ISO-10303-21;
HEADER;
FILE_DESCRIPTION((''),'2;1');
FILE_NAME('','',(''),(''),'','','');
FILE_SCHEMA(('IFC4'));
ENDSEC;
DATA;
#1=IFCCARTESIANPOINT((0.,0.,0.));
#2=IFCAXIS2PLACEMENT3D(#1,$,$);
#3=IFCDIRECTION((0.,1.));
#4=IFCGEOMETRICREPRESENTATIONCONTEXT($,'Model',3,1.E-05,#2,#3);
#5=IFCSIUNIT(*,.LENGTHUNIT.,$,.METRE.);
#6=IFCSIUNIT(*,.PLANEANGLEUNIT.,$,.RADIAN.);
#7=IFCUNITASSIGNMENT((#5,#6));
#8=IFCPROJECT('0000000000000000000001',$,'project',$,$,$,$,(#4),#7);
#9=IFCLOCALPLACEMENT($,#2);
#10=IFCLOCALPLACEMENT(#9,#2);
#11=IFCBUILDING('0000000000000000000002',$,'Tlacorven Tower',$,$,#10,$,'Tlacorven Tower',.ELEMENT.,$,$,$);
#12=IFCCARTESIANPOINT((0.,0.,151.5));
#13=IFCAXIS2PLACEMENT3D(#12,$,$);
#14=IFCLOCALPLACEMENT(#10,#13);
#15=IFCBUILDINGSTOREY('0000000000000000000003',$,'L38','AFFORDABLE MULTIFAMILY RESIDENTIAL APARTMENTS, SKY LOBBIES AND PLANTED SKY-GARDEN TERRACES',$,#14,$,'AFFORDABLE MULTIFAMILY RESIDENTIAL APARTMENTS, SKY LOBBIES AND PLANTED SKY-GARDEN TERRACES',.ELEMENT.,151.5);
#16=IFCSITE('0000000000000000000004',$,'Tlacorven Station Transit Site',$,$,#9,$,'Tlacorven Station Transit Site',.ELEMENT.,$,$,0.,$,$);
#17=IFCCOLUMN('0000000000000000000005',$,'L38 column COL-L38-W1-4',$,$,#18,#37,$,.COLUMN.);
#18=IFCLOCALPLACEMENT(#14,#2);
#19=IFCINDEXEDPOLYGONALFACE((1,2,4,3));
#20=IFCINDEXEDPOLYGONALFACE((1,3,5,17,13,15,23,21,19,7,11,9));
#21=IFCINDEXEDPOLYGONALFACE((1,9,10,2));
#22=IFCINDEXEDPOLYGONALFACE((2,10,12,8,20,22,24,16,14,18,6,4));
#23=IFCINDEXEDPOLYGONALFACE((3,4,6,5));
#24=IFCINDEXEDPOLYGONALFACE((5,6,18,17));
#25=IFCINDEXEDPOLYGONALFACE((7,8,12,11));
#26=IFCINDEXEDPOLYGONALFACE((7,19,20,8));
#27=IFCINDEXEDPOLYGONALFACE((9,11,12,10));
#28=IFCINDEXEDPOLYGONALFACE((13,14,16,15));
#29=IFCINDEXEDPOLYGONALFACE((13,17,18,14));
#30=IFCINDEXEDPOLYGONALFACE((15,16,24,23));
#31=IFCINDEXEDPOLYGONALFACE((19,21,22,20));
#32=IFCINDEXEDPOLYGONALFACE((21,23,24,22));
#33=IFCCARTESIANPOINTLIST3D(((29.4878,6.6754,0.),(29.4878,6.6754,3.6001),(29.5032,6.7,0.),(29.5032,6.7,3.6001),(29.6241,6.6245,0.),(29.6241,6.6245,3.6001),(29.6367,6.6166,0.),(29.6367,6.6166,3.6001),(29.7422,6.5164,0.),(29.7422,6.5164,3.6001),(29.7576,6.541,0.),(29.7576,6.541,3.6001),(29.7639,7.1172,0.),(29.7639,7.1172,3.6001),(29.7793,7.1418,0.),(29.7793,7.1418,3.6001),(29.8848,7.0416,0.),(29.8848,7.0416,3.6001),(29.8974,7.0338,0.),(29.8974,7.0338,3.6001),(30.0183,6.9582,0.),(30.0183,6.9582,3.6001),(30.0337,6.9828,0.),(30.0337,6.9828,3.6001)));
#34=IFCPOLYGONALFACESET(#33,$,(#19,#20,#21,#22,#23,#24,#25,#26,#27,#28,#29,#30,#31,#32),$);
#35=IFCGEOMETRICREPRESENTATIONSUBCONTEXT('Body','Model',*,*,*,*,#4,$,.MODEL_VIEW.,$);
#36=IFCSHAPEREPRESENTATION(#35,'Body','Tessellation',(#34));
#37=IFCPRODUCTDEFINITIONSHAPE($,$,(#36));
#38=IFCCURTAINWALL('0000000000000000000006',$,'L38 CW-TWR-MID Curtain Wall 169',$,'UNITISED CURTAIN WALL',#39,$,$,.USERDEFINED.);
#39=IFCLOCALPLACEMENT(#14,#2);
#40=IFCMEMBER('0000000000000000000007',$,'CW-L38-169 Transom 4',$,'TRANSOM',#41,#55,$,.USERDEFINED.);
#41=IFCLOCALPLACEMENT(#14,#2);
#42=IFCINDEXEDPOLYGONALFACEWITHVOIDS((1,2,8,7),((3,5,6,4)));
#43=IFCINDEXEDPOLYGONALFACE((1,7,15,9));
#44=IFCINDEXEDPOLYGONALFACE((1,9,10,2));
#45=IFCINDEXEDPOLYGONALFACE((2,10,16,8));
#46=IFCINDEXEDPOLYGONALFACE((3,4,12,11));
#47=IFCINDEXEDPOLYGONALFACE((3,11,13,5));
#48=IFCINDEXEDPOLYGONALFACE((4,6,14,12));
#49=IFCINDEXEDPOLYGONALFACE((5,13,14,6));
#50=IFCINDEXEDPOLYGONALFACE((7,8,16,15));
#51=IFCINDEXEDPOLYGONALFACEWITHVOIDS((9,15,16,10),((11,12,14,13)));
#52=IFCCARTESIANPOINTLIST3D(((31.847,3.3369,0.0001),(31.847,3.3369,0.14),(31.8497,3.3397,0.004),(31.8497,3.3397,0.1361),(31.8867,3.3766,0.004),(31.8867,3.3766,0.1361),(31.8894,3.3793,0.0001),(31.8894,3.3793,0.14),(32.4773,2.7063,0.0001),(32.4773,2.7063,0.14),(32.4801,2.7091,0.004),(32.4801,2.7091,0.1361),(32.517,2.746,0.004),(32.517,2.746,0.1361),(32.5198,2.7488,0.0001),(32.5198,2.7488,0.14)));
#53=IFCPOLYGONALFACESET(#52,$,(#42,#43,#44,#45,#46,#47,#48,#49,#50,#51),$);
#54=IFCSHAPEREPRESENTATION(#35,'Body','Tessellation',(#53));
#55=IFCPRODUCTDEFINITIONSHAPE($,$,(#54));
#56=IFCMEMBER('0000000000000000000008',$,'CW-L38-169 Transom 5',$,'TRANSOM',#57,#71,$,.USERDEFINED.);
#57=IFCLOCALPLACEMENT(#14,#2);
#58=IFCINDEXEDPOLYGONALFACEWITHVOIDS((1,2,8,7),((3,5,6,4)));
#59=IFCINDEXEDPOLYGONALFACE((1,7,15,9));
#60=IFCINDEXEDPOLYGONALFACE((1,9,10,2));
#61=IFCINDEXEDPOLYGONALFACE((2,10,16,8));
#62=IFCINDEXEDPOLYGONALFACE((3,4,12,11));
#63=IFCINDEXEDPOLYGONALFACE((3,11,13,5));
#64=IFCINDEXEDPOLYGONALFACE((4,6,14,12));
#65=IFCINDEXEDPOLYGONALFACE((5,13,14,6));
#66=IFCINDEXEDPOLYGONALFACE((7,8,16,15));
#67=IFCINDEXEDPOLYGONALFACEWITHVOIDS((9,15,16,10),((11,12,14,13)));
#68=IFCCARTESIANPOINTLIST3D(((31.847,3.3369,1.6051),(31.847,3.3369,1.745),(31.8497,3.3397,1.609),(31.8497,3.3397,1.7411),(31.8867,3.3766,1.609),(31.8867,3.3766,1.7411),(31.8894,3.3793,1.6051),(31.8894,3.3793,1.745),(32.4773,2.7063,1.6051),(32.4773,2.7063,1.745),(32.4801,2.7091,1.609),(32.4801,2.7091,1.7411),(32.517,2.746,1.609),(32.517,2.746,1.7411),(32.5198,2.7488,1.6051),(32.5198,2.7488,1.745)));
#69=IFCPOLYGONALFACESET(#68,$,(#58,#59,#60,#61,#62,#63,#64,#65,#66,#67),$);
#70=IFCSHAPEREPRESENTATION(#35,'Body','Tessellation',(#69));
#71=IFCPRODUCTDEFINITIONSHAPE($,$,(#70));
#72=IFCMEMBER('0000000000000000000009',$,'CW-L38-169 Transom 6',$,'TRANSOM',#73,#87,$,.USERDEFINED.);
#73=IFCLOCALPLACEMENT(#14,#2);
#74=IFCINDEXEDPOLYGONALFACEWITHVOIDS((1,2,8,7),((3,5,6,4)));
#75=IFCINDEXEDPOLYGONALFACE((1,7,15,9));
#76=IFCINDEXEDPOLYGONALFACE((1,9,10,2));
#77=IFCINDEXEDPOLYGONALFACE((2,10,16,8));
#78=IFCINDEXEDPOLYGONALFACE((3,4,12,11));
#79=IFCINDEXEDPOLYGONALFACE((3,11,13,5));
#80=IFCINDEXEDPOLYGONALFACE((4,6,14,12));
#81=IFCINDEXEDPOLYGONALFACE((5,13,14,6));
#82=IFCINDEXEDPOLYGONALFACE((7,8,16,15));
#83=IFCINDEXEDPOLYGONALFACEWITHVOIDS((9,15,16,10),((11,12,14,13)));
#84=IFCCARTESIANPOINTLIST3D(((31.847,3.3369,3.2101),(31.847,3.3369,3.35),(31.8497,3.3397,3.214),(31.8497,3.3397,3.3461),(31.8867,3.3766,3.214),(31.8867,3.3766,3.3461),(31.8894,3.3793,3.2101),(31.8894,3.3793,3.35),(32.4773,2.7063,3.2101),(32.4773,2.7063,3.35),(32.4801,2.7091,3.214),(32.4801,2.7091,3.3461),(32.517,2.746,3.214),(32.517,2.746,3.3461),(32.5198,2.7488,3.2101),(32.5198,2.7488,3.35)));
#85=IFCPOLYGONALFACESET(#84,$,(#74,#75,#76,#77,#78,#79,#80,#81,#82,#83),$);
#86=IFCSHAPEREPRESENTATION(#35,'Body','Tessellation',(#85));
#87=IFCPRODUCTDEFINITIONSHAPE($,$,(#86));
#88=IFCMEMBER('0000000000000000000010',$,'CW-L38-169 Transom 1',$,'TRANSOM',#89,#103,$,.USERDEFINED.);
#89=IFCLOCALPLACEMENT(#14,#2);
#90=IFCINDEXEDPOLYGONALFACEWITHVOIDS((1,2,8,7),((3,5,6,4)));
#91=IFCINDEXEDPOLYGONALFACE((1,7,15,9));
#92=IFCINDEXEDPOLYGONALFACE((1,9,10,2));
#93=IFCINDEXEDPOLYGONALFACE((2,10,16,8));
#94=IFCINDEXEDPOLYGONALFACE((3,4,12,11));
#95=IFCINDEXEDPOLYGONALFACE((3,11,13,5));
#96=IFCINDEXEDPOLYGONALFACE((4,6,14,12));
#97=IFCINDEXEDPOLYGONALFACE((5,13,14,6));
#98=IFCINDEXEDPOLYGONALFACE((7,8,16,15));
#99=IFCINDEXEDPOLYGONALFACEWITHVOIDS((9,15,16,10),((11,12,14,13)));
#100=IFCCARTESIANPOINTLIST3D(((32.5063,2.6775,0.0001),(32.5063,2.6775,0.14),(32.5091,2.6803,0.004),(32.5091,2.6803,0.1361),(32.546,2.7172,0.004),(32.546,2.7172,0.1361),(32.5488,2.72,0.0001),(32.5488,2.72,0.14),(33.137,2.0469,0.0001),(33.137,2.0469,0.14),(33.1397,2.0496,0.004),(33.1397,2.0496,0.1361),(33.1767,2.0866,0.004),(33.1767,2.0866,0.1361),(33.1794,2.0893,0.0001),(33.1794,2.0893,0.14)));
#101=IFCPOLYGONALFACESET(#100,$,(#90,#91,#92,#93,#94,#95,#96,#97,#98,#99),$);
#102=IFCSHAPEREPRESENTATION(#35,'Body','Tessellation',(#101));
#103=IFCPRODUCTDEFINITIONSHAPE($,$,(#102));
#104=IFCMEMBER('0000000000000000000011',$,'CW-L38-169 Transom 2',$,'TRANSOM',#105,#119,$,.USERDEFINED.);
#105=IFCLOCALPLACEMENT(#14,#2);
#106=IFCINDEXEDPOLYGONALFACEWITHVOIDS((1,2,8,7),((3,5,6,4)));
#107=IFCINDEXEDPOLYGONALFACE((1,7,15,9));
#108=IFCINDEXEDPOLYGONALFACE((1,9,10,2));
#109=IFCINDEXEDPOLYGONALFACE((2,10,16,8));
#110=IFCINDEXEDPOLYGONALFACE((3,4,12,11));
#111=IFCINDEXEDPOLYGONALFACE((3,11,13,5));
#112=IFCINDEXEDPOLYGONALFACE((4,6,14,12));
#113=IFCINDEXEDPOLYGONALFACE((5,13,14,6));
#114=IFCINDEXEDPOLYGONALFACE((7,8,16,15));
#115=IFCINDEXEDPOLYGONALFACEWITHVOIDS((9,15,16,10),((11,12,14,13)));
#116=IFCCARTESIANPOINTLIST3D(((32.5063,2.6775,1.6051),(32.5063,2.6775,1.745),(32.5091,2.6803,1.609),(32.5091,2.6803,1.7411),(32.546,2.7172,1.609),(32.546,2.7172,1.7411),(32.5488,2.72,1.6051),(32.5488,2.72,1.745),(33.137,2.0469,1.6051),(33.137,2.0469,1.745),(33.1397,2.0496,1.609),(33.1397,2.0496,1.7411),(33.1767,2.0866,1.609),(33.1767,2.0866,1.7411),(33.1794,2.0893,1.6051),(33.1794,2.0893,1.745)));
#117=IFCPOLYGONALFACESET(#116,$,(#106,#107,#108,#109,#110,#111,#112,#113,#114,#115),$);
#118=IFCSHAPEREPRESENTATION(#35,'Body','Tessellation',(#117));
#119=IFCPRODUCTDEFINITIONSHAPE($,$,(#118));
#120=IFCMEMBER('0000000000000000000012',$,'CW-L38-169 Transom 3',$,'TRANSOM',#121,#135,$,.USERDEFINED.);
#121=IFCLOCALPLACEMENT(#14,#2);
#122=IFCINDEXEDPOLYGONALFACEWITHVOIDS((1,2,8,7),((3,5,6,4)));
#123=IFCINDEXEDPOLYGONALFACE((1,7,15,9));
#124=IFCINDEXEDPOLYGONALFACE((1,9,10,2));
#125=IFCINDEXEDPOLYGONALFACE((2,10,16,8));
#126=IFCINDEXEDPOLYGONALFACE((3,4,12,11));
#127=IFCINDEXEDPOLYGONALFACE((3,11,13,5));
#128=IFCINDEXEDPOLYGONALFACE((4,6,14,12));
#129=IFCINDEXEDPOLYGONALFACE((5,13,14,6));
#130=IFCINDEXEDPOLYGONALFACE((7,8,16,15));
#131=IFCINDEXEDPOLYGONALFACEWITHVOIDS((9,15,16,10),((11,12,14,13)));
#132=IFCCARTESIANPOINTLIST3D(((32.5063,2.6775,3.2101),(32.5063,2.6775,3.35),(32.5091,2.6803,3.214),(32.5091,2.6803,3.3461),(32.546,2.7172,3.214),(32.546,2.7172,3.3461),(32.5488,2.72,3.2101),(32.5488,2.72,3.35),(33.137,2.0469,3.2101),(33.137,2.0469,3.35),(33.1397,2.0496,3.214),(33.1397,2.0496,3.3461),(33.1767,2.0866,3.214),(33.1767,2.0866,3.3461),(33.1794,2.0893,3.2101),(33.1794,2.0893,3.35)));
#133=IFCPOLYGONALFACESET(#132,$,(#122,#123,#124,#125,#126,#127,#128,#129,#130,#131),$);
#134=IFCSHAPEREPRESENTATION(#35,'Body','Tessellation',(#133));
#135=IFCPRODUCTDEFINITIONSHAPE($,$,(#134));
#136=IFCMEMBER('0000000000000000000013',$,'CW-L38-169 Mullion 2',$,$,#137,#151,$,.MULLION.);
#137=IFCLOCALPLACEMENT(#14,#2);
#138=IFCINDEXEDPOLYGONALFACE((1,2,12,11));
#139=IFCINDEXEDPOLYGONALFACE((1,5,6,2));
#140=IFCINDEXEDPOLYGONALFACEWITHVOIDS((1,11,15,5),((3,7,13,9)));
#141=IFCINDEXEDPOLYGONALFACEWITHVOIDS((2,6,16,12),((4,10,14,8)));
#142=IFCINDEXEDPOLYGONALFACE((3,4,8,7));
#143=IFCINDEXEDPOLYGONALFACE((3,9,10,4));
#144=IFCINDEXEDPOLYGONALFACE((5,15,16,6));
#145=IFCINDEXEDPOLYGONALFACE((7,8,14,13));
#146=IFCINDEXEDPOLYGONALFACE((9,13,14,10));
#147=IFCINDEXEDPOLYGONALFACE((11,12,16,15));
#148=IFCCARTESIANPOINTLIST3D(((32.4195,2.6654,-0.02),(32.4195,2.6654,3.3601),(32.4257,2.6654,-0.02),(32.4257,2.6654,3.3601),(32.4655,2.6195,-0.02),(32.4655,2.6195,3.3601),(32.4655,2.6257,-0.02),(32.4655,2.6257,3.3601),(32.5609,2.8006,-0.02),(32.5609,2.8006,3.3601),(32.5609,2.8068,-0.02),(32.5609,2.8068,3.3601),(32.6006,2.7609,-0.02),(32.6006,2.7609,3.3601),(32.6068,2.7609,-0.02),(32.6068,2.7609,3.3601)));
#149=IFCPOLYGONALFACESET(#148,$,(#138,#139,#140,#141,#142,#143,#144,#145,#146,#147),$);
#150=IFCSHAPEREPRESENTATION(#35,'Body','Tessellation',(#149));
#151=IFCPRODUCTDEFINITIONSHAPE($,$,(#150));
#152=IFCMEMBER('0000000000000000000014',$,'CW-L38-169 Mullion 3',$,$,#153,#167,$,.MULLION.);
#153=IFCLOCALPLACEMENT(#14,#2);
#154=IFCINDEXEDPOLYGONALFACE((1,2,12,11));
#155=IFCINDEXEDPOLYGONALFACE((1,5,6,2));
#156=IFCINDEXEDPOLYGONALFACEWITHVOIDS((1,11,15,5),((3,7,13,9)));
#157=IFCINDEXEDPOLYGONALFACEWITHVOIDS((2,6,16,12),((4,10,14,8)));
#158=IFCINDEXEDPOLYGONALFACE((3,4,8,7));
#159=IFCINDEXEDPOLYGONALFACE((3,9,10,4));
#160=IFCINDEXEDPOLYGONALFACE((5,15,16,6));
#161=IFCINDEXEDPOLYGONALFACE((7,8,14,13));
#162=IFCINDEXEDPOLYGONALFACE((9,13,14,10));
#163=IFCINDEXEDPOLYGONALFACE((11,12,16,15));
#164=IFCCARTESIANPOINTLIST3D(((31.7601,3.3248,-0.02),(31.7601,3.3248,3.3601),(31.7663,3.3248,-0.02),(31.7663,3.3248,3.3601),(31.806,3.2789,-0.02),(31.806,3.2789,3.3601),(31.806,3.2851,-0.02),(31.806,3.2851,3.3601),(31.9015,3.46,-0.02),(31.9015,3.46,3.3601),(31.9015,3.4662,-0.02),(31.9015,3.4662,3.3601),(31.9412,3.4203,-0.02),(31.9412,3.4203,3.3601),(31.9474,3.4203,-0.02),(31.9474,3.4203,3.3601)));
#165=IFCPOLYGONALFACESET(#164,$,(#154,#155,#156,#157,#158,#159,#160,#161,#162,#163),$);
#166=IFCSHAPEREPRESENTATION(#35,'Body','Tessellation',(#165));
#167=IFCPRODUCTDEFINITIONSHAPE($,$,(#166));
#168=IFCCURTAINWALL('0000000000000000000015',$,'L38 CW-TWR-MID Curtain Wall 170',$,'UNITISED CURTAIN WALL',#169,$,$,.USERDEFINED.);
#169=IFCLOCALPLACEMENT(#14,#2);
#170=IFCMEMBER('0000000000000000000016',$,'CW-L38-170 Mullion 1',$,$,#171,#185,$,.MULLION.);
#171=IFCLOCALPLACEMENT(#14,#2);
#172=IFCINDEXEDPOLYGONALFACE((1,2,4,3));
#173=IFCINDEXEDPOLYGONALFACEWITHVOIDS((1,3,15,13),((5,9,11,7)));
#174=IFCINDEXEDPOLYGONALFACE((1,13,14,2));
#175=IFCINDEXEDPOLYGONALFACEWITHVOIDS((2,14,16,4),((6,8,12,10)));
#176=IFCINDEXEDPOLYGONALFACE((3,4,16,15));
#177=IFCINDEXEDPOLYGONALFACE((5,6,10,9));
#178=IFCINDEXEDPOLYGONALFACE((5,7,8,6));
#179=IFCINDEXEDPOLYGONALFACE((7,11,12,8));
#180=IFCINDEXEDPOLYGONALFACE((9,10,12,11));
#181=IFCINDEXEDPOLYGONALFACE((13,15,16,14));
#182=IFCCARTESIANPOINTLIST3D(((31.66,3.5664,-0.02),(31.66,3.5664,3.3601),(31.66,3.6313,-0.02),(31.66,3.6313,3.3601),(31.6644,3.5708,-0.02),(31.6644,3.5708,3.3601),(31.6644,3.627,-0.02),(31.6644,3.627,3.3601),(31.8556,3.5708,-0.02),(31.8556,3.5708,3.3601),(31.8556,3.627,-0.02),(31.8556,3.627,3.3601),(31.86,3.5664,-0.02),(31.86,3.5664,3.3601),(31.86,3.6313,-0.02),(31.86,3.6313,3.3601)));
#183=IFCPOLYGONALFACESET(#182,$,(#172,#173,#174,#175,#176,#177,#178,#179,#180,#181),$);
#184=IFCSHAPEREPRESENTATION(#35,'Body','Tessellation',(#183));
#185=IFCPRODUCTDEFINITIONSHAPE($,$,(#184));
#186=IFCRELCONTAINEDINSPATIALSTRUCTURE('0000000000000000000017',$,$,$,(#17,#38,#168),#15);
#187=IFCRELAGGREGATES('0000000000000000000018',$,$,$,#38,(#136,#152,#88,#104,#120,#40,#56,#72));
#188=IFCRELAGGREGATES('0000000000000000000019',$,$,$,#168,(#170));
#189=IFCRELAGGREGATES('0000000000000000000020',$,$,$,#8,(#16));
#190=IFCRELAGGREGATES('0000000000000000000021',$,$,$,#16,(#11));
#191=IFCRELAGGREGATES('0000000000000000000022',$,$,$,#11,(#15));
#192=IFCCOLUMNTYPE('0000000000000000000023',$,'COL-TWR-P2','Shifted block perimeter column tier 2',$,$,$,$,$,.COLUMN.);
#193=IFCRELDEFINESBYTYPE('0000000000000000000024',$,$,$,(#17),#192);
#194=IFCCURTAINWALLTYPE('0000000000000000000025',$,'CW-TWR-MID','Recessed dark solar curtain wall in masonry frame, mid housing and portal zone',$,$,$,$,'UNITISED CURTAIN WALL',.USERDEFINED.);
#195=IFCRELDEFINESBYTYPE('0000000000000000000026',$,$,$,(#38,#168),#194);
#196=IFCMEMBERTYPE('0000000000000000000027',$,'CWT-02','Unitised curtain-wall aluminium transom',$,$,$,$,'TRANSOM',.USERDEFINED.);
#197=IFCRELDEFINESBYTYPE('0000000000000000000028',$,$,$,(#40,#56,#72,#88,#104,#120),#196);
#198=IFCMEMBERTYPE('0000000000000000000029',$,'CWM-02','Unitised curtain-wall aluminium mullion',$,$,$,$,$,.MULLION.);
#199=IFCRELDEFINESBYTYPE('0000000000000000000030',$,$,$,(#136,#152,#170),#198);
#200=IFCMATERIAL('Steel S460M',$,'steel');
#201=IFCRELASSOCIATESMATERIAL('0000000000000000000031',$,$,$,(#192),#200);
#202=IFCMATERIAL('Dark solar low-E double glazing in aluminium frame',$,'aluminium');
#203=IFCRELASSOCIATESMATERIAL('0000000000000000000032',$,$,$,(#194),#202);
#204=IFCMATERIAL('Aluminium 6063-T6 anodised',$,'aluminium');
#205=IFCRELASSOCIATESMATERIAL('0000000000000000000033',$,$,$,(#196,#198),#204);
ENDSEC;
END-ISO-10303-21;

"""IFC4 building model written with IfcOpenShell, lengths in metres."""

from ifc_helpers import new_model, si_unit, direction, frame, origin, origin_2d, place, context, subcontext, project, spatial, hollow_rectangle, i_section, extrude, source, transform, mapped, material, material_profile, profile_set, type_object, element, aggregate, save


model = new_model("IFC4")

# Units and contexts
model_context = context("Model", 3, precision=1e-05, world=origin(), true_north=direction((0.0, 1.0)))
body_context = subcontext(model_context, "Body", "Model", "MODEL_VIEW")
ifc_project = project(units=[si_unit("LENGTHUNIT", "METRE"), si_unit("PLANEANGLEUNIT", "RADIAN")], contexts=[model_context])

# Site, building, storey
site_placement = place(None, origin())
site = spatial("IfcSite", under=ifc_project, at=site_placement, Name="Tlacorven Station Transit Site", LongName="Tlacorven Station Transit Site", CompositionType="ELEMENT", RefElevation=0.0)
building_placement = place(site_placement, origin())
building = spatial("IfcBuilding", under=site, at=building_placement, Name="Tlacorven Tower", LongName="Tlacorven Tower", CompositionType="ELEMENT")
storey_placement = place(building_placement, frame((0.0, 0.0, 151.5)))
storey = spatial("IfcBuildingStorey", under=building, at=storey_placement, Name="L38", Description="AFFORDABLE MULTIFAMILY RESIDENTIAL APARTMENTS, SKY LOBBIES AND PLANTED SKY-GARDEN TERRACES", LongName="AFFORDABLE MULTIFAMILY RESIDENTIAL APARTMENTS, SKY LOBBIES AND PLANTED SKY-GARDEN TERRACES", CompositionType="ELEMENT", Elevation=151.5)

# Column
ifc_material_1 = material(Name="Steel S460M", Category="steel")
ifc_material_profile_1 = material_profile(ifc_material_1, i_section(OverallWidth=0.3, OverallDepth=0.55, WebThickness=0.0149, FlangeThickness=0.0291, at=origin_2d()), Name="HEB 550")
ifc_profile_set_1 = profile_set([ifc_material_profile_1], Name="Steel S460M")
column_type = type_object("IfcColumnType", Name="COL-TWR-P2", Description="Shifted block perimeter column tier 2", PredefinedType="COLUMN", material=ifc_profile_set_1)
shared_shape_1 = source(origin(), body_context, "Body", "SweptSolid", [
    extrude(i_section(OverallWidth=0.3, OverallDepth=0.55, WebThickness=0.0149, FlangeThickness=0.0291, at=origin_2d()), origin(), (0.0, 0.0, 1.0), 3.6001),
])
column_placement = place(storey_placement, frame((29.7607, 6.8291, 0.0), z_axis=(0.0, 0.0, 1.0), x_axis=(-0.848048, 0.529919, 0.0)))
element("IfcColumn", 1, at=column_placement, inside=storey, type_object=column_type, Name="L38 column COL-L38-W1-4", PredefinedType="COLUMN", context=body_context, shape_type="MappedRepresentation", body=[
    mapped(shared_shape_1, transform((0.0, 0.0, 0.0), scale=1.0)),
])

# Curtain walls, members
ifc_material_2 = material(Name="Dark solar low-E double glazing in aluminium frame", Category="aluminium")
curtain_wall_type = type_object("IfcCurtainWallType", Name="CW-TWR-MID", Description="Recessed dark solar curtain wall in masonry frame, mid housing and portal zone", ElementType="UNITISED CURTAIN WALL", PredefinedType="USERDEFINED", material=ifc_material_2)
curtain_wall_1_placement = place(storey_placement, origin())
curtain_wall_1 = element("IfcCurtainWall", 2, at=curtain_wall_1_placement, inside=storey, type_object=curtain_wall_type, Name="L38 CW-TWR-MID Curtain Wall 169", ObjectType="UNITISED CURTAIN WALL", PredefinedType="USERDEFINED")
ifc_material_3 = material(Name="Aluminium 6063-T6 anodised", Category="aluminium")
ifc_material_profile_2 = material_profile(ifc_material_3, hollow_rectangle(XDim=0.0601, YDim=0.1399, WallThickness=0.0039, at=origin_2d()), Name="ALU TRANSOM 60X140")
ifc_profile_set_2 = profile_set([ifc_material_profile_2], Name="Aluminium 6063-T6 anodised")
member_type_1 = type_object("IfcMemberType", Name="CWT-02", Description="Unitised curtain-wall aluminium transom", ElementType="TRANSOM", PredefinedType="USERDEFINED", material=ifc_profile_set_2)
shared_shape_2 = source(origin(), body_context, "Body", "SweptSolid", [
    extrude(hollow_rectangle(XDim=0.0601, YDim=0.1399, WallThickness=0.0039, at=origin_2d()), origin(), (0.0, 0.0, 1.0), 0.8916),
])
member_1_placement = place(storey_placement, frame((32.4985, 2.7275, 0.0701), z_axis=(-0.70697, 0.707244, 0.0), x_axis=(-0.707244, -0.70697, 0.0)))
member_1 = element("IfcMember", 3, at=member_1_placement, type_object=member_type_1, Name="CW-L38-169 Transom 4", ObjectType="TRANSOM", PredefinedType="USERDEFINED", context=body_context, shape_type="MappedRepresentation", body=[
    mapped(shared_shape_2, transform((0.0, 0.0, 0.0), scale=1.0)),
])
member_2_placement = place(storey_placement, frame((32.4985, 2.7275, 1.675), z_axis=(-0.70697, 0.707244, 0.0), x_axis=(-0.707244, -0.70697, 0.0)))
member_2 = element("IfcMember", 4, at=member_2_placement, type_object=member_type_1, Name="CW-L38-169 Transom 5", ObjectType="TRANSOM", PredefinedType="USERDEFINED", context=body_context, shape_type="MappedRepresentation", body=[
    mapped(shared_shape_2, transform((0.0, 0.0, 0.0), scale=1.0)),
])
member_3_placement = place(storey_placement, frame((32.4985, 2.7275, 3.28), z_axis=(-0.70697, 0.707244, 0.0), x_axis=(-0.707244, -0.70697, 0.0)))
member_3 = element("IfcMember", 5, at=member_3_placement, type_object=member_type_1, Name="CW-L38-169 Transom 6", ObjectType="TRANSOM", PredefinedType="USERDEFINED", context=body_context, shape_type="MappedRepresentation", body=[
    mapped(shared_shape_2, transform((0.0, 0.0, 0.0), scale=1.0)),
])
shared_shape_3 = source(origin(), body_context, "Body", "SweptSolid", [
    extrude(hollow_rectangle(XDim=0.0601, YDim=0.1399, WallThickness=0.0039, at=origin_2d()), origin(), (0.0, 0.0, 1.0), 0.8918),
])
member_4_placement = place(storey_placement, frame((33.1582, 2.0681, 0.0701), z_axis=(-0.707107, 0.707107, 0.0), x_axis=(-0.707107, -0.707107, 0.0)))
member_4 = element("IfcMember", 6, at=member_4_placement, type_object=member_type_1, Name="CW-L38-169 Transom 1", ObjectType="TRANSOM", PredefinedType="USERDEFINED", context=body_context, shape_type="MappedRepresentation", body=[
    mapped(shared_shape_3, transform((0.0, 0.0, 0.0), scale=1.0)),
])
member_5_placement = place(storey_placement, frame((33.1582, 2.0681, 1.675), z_axis=(-0.707107, 0.707107, 0.0), x_axis=(-0.707107, -0.707107, 0.0)))
member_5 = element("IfcMember", 7, at=member_5_placement, type_object=member_type_1, Name="CW-L38-169 Transom 2", ObjectType="TRANSOM", PredefinedType="USERDEFINED", context=body_context, shape_type="MappedRepresentation", body=[
    mapped(shared_shape_3, transform((0.0, 0.0, 0.0), scale=1.0)),
])
member_6_placement = place(storey_placement, frame((33.1582, 2.0681, 3.28), z_axis=(-0.707107, 0.707107, 0.0), x_axis=(-0.707107, -0.707107, 0.0)))
member_6 = element("IfcMember", 8, at=member_6_placement, type_object=member_type_1, Name="CW-L38-169 Transom 3", ObjectType="TRANSOM", PredefinedType="USERDEFINED", context=body_context, shape_type="MappedRepresentation", body=[
    mapped(shared_shape_3, transform((0.0, 0.0, 0.0), scale=1.0)),
])
ifc_material_profile_3 = material_profile(ifc_material_3, hollow_rectangle(XDim=0.0649, YDim=0.2, WallThickness=0.0044, at=origin_2d()), Name="ALU MULLION 65X200")
ifc_profile_set_3 = profile_set([ifc_material_profile_3], Name="Aluminium 6063-T6 anodised")
member_type_2 = type_object("IfcMemberType", Name="CWM-02", Description="Unitised curtain-wall aluminium mullion", PredefinedType="MULLION", material=ifc_profile_set_3)
shared_shape_4 = source(origin(), body_context, "Body", "SweptSolid", [
    extrude(hollow_rectangle(XDim=0.0649, YDim=0.2, WallThickness=0.0044, at=origin_2d()), origin(), (0.0, 0.0, 1.0), 3.3801),
])
member_7_placement = place(storey_placement, frame((32.5132, 2.7131, -0.02), z_axis=(0.0, 0.0, 1.0), x_axis=(-0.707107, 0.707107, 0.0)))
member_7 = element("IfcMember", 9, at=member_7_placement, type_object=member_type_2, Name="CW-L38-169 Mullion 2", PredefinedType="MULLION", context=body_context, shape_type="MappedRepresentation", body=[
    mapped(shared_shape_4, transform((0.0, 0.0, 0.0), scale=1.0)),
])
member_8_placement = place(storey_placement, frame((31.8538, 3.3726, -0.02), z_axis=(0.0, 0.0, 1.0), x_axis=(-0.707107, 0.707107, 0.0)))
member_8 = element("IfcMember", 10, at=member_8_placement, type_object=member_type_2, Name="CW-L38-169 Mullion 3", PredefinedType="MULLION", context=body_context, shape_type="MappedRepresentation", body=[
    mapped(shared_shape_4, transform((0.0, 0.0, 0.0), scale=1.0)),
])
curtain_wall_2_placement = place(storey_placement, origin())
curtain_wall_2 = element("IfcCurtainWall", 11, at=curtain_wall_2_placement, inside=storey, type_object=curtain_wall_type, Name="L38 CW-TWR-MID Curtain Wall 170", ObjectType="UNITISED CURTAIN WALL", PredefinedType="USERDEFINED")
member_9_placement = place(storey_placement, frame((31.76, 3.5989, -0.02), z_axis=(0.0, 0.0, 1.0), x_axis=(0.0, 1.0, 0.0)))
member_9 = element("IfcMember", 12, at=member_9_placement, type_object=member_type_2, Name="CW-L38-170 Mullion 1", PredefinedType="MULLION", context=body_context, shape_type="MappedRepresentation", body=[
    mapped(shared_shape_4, transform((0.0, 0.0, 0.0), scale=1.0)),
])

aggregate(curtain_wall_1, [member_7, member_8, member_4, member_5, member_6, member_1, member_2, member_3])
aggregate(curtain_wall_2, [member_9])

save(model, "model.ifc")
